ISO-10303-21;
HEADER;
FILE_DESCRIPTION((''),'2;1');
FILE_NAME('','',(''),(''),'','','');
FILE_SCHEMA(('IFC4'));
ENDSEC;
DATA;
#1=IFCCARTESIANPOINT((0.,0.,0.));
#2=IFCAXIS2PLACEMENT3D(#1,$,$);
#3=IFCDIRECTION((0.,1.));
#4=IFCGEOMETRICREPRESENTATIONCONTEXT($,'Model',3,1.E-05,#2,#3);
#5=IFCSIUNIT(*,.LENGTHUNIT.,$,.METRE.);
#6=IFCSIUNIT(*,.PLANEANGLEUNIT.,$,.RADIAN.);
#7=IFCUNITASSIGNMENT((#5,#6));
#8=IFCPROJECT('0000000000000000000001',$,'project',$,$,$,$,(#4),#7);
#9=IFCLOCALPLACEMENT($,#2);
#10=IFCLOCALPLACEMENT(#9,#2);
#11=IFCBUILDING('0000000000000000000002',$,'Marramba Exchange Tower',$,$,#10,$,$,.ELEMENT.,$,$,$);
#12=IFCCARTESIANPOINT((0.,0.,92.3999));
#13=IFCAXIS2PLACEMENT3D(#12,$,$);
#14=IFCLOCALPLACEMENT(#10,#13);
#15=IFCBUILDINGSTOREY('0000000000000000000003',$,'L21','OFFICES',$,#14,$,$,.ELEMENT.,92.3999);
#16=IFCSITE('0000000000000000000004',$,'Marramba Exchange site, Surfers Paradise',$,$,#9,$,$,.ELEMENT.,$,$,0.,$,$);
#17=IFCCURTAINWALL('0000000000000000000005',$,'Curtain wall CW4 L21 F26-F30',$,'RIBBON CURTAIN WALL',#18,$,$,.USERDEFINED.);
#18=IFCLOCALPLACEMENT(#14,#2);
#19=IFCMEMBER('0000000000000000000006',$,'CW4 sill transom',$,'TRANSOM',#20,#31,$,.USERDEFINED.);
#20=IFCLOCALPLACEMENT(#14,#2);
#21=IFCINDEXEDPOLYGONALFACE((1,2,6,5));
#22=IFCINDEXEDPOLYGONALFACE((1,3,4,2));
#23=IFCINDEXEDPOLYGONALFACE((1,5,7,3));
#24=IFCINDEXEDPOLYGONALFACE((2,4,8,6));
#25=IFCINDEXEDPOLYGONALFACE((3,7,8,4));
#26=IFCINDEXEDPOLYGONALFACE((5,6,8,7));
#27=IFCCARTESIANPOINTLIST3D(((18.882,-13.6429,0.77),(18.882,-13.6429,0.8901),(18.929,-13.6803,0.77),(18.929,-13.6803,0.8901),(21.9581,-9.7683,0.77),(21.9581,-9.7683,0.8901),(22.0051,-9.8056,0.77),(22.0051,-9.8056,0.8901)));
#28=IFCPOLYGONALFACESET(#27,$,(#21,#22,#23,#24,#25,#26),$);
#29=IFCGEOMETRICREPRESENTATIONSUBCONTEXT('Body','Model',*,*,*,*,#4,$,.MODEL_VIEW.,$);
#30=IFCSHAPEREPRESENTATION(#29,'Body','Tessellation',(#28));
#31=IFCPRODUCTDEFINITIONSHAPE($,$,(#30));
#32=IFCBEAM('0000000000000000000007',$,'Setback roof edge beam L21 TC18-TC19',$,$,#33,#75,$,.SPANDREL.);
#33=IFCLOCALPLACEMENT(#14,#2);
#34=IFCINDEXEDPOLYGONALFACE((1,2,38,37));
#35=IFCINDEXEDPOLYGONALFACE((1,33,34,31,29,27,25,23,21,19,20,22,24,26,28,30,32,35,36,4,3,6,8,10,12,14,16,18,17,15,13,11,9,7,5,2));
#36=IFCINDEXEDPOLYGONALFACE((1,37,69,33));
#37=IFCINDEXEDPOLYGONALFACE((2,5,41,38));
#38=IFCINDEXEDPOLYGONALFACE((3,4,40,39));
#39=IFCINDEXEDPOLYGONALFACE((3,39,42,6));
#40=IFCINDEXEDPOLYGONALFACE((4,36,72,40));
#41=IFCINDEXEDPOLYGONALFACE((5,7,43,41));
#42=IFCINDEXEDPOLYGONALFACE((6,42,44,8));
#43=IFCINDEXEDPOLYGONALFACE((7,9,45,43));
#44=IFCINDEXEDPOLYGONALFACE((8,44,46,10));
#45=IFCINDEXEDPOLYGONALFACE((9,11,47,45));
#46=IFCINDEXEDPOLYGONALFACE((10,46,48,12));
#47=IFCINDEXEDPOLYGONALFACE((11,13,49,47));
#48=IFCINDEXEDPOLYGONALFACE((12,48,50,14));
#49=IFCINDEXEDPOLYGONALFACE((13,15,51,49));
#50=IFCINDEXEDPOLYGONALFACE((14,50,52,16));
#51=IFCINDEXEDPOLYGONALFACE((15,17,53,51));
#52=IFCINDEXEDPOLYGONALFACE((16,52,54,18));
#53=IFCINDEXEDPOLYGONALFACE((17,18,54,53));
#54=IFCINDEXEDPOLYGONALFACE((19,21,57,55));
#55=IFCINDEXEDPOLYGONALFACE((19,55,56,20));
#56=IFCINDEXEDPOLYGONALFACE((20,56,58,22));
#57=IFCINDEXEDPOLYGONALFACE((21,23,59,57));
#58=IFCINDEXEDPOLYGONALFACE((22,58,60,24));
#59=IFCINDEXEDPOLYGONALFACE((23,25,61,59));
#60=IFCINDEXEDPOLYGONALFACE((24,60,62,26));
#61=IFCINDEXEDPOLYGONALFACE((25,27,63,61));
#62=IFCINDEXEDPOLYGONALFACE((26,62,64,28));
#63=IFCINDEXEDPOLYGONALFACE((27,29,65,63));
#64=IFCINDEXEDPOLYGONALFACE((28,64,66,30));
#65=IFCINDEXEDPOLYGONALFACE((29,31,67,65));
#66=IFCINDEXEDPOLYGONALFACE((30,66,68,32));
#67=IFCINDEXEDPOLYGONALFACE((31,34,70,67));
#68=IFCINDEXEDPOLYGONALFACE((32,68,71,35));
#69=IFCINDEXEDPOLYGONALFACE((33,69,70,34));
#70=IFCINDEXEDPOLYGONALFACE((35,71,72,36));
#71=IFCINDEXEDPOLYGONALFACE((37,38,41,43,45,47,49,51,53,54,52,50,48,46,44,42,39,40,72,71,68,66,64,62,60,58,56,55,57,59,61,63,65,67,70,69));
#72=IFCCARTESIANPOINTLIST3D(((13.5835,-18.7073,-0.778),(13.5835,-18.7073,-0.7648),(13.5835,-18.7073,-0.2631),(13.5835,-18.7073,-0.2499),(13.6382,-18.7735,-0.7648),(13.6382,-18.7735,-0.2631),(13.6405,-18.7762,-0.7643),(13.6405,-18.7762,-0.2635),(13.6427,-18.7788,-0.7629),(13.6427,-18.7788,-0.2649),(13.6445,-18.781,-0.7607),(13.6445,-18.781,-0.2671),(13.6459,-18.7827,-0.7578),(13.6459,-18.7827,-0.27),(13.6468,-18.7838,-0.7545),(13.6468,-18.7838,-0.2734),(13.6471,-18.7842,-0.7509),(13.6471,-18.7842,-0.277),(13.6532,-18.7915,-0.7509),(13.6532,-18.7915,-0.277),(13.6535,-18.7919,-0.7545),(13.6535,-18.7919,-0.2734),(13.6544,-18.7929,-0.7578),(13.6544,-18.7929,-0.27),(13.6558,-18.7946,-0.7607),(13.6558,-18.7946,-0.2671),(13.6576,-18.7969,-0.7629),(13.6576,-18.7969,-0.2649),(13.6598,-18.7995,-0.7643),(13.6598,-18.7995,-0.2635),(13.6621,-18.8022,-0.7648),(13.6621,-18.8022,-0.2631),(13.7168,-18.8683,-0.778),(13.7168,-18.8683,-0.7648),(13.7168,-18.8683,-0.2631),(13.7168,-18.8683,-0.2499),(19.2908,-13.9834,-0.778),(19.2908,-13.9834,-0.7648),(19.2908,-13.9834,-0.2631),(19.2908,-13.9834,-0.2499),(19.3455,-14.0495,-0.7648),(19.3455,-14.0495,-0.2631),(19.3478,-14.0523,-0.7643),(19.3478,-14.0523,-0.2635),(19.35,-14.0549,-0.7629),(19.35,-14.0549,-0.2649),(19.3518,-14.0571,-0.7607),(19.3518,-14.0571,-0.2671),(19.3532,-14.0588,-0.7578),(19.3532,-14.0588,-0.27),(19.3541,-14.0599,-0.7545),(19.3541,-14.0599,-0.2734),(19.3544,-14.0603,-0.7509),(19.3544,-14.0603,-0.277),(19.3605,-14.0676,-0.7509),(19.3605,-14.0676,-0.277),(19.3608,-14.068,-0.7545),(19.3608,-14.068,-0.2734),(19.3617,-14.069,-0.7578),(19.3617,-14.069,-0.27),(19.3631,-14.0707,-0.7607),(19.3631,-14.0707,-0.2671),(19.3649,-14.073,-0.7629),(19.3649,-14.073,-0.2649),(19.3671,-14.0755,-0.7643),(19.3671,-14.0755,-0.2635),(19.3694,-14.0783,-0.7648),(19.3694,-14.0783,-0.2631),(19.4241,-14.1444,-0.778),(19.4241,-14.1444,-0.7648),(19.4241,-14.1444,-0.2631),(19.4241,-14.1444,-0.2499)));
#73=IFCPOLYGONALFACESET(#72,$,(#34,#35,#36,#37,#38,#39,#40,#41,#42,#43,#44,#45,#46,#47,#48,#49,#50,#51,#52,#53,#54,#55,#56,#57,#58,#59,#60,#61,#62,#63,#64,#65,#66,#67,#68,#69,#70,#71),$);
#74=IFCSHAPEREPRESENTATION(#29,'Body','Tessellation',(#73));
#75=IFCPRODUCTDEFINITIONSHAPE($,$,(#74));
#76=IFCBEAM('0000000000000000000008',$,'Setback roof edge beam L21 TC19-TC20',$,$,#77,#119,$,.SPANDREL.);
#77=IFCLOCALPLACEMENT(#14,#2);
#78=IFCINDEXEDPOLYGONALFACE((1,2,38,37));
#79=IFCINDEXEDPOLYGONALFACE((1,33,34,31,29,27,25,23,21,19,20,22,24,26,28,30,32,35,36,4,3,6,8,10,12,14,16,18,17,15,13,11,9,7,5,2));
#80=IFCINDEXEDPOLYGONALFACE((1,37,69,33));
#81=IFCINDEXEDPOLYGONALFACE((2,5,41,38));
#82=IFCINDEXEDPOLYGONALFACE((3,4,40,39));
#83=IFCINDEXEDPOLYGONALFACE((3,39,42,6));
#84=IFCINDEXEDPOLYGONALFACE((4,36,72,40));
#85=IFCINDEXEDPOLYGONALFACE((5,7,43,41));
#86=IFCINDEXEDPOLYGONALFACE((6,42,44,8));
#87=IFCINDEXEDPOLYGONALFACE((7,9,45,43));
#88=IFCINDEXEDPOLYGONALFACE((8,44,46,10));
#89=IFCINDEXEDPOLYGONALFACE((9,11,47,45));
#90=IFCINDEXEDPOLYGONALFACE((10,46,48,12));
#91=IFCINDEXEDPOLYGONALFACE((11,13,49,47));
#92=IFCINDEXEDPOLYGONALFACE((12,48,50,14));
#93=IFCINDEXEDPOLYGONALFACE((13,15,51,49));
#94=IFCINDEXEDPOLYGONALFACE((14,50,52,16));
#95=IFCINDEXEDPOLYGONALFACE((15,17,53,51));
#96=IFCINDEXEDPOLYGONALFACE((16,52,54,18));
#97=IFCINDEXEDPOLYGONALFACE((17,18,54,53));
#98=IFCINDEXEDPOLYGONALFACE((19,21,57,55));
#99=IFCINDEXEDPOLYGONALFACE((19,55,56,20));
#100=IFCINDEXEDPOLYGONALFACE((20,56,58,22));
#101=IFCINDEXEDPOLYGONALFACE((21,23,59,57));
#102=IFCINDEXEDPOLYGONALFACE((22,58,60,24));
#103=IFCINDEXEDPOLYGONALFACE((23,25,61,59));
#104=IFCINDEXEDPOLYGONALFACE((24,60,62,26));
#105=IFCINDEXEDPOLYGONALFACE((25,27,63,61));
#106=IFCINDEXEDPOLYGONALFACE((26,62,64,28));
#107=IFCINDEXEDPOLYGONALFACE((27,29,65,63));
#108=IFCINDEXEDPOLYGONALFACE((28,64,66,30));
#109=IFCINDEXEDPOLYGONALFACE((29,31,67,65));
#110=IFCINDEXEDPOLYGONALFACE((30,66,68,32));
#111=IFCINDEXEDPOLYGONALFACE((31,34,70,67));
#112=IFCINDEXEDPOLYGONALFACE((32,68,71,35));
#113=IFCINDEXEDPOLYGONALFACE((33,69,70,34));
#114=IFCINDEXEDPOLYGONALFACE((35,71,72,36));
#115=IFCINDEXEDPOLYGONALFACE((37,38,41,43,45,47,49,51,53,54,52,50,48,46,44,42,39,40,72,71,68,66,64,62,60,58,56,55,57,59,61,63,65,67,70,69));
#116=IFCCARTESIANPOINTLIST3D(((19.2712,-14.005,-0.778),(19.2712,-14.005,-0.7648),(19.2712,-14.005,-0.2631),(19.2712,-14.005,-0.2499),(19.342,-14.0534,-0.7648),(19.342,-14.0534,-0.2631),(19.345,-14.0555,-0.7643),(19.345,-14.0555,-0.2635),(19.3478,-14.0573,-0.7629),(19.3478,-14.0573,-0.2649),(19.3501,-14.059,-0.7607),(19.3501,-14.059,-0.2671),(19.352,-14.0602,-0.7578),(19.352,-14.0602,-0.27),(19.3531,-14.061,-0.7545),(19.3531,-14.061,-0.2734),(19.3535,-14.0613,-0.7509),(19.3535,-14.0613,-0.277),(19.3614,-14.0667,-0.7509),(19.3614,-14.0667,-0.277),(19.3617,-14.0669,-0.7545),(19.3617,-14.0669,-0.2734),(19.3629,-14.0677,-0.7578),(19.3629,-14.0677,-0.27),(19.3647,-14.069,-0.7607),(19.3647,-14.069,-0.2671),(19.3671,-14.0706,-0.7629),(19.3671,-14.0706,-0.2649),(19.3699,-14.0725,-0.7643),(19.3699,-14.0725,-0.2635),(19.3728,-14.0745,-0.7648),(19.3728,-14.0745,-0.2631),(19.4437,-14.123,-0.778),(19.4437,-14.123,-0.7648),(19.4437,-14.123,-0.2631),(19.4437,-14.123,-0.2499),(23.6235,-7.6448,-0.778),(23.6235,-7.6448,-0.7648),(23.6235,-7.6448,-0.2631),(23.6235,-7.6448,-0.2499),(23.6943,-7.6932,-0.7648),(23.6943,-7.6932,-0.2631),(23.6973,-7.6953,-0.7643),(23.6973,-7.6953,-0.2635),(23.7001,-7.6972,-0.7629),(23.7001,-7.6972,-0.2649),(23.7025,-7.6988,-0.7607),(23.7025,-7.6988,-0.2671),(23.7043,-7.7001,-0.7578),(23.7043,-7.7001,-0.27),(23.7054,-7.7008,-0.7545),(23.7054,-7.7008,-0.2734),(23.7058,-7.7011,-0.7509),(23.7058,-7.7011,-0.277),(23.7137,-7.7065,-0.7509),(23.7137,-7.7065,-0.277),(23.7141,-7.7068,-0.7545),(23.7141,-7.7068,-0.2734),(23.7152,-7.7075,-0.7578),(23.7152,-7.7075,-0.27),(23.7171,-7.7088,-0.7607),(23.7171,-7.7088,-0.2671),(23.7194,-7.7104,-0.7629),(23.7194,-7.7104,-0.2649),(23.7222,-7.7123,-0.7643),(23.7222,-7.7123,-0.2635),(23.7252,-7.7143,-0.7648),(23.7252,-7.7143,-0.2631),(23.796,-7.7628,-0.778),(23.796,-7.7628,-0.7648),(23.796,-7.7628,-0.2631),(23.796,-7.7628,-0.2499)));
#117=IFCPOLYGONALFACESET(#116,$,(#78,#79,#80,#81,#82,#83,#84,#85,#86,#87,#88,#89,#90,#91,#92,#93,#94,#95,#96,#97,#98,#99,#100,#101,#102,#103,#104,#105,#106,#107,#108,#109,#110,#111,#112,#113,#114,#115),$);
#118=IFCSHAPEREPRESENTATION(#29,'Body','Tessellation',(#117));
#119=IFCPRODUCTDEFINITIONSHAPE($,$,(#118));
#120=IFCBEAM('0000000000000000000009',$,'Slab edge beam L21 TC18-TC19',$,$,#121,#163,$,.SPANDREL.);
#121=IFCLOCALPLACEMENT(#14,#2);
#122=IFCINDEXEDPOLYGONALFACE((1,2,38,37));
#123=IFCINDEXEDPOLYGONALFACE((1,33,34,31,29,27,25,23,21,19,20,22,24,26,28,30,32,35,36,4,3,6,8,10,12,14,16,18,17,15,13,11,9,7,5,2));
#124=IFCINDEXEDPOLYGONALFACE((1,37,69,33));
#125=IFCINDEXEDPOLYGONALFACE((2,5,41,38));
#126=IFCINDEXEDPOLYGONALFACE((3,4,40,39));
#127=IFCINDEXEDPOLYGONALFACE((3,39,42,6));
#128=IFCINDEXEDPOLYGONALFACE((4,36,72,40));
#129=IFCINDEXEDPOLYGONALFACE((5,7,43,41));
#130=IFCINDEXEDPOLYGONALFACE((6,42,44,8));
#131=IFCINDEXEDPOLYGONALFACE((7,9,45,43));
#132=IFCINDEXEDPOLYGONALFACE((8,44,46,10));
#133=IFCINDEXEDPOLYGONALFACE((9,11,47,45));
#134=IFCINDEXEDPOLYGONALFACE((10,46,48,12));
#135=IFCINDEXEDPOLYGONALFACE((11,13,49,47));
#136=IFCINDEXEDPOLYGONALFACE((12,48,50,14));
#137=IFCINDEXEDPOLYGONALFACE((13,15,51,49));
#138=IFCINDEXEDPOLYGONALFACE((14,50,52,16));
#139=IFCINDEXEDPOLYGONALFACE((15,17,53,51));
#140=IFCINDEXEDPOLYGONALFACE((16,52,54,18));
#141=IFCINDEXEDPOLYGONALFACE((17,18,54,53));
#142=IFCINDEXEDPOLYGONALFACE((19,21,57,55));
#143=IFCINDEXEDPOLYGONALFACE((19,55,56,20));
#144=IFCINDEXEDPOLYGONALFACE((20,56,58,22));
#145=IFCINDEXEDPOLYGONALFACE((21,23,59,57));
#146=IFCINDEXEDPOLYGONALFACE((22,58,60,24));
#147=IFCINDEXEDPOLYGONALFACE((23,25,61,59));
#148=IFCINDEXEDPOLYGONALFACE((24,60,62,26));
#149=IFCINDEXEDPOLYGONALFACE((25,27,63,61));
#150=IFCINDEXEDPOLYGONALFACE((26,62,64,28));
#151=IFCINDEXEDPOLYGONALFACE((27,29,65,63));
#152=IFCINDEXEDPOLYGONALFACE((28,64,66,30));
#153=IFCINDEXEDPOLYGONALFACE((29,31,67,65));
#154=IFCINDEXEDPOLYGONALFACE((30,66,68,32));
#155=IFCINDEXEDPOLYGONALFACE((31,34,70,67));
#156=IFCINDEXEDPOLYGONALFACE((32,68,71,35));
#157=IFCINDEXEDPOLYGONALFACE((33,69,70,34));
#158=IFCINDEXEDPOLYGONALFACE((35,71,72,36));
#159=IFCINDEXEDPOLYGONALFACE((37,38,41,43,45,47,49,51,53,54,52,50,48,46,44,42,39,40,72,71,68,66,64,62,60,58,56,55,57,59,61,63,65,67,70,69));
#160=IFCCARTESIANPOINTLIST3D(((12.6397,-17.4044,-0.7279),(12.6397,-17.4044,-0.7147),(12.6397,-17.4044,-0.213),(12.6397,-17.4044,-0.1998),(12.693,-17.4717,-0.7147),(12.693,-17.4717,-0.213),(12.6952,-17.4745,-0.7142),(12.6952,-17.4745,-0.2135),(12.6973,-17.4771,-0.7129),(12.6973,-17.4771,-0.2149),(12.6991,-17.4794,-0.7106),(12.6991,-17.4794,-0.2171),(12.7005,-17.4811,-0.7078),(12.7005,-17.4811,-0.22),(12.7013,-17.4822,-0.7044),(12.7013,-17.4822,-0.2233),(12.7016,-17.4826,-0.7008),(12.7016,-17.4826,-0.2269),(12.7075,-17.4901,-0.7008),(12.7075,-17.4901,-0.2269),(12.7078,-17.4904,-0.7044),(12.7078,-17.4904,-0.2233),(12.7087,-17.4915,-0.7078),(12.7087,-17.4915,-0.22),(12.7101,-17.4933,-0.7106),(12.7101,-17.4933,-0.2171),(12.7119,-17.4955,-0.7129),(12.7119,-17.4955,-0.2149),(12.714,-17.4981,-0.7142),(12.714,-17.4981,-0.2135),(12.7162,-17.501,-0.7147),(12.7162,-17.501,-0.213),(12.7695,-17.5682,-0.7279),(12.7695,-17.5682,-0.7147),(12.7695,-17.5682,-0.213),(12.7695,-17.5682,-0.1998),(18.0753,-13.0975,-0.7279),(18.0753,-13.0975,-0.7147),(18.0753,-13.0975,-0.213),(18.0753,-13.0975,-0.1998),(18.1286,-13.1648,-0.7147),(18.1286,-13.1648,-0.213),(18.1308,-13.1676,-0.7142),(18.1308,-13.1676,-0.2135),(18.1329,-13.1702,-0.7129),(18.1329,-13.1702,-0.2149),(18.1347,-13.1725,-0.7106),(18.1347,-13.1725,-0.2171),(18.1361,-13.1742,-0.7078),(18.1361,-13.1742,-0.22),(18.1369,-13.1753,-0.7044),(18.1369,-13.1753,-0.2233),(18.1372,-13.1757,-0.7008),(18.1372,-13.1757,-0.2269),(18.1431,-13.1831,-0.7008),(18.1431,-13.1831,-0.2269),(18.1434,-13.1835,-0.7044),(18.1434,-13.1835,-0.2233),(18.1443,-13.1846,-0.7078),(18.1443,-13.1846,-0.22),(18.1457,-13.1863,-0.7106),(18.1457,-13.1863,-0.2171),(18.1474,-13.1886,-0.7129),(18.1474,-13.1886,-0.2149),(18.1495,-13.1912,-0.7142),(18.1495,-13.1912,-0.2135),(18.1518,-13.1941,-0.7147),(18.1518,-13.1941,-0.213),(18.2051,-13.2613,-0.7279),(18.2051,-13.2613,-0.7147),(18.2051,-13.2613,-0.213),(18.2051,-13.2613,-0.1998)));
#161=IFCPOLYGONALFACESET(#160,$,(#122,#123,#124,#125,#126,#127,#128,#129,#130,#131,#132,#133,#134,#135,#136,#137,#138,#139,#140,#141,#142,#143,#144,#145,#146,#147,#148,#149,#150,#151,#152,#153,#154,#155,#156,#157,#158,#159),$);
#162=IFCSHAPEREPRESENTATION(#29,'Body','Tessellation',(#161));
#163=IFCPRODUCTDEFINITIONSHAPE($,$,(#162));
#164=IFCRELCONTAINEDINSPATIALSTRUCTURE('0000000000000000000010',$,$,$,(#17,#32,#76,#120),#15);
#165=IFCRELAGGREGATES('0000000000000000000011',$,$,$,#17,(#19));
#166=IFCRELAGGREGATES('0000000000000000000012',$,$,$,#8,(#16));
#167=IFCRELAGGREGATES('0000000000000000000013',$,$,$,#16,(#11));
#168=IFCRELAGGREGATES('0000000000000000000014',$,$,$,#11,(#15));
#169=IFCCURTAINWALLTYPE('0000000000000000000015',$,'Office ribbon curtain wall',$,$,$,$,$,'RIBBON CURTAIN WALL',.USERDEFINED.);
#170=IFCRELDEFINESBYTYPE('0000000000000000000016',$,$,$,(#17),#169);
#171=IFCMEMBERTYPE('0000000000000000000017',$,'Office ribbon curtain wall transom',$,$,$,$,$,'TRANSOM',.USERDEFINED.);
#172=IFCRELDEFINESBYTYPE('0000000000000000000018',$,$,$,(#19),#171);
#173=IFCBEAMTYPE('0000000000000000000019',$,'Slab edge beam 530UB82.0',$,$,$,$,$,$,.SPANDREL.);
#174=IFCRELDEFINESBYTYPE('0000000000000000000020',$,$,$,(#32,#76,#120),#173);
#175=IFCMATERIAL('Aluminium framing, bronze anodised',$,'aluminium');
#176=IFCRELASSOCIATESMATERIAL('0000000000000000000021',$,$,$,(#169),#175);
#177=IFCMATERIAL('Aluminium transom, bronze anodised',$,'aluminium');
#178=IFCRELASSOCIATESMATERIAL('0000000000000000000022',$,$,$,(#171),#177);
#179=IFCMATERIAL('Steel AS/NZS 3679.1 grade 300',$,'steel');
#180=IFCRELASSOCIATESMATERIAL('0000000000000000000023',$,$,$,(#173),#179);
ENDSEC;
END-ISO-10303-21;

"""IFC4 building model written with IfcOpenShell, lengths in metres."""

from ifc_helpers import new_model, si_unit, direction, frame, origin, origin_2d, place, context, subcontext, project, spatial, rectangle, i_section, extrude, material, material_profile, profile_set, type_object, element, aggregate, save


model = new_model("IFC4")

# Units and contexts
model_context = context("Model", 3, precision=1e-05, world=origin(), true_north=direction((0.0, 1.0)))
body_context = subcontext(model_context, "Body", "Model", "MODEL_VIEW")
ifc_project = project(units=[si_unit("LENGTHUNIT", "METRE"), si_unit("PLANEANGLEUNIT", "RADIAN")], contexts=[model_context])

# Site, building, storey
site_placement = place(None, origin())
site = spatial("IfcSite", under=ifc_project, at=site_placement, Name="Marramba Exchange site, Surfers Paradise", CompositionType="ELEMENT", RefElevation=0.0)
building_placement = place(site_placement, origin())
building = spatial("IfcBuilding", under=site, at=building_placement, Name="Marramba Exchange Tower", CompositionType="ELEMENT")
storey_placement = place(building_placement, frame((0.0, 0.0, 92.3999)))
storey = spatial("IfcBuildingStorey", under=building, at=storey_placement, Name="L21", Description="OFFICES", CompositionType="ELEMENT", Elevation=92.3999)

# Curtain wall, member
ifc_material_1 = material(Name="Aluminium framing, bronze anodised", Category="aluminium")
curtain_wall_type = type_object("IfcCurtainWallType", Name="Office ribbon curtain wall", ElementType="RIBBON CURTAIN WALL", PredefinedType="USERDEFINED", material=ifc_material_1)
curtain_wall_placement = place(storey_placement, origin())
curtain_wall = element("IfcCurtainWall", 1, at=curtain_wall_placement, inside=storey, type_object=curtain_wall_type, Name="Curtain wall CW4 L21 F26-F30", ObjectType="RIBBON CURTAIN WALL", PredefinedType="USERDEFINED")
ifc_material_2 = material(Name="Aluminium transom, bronze anodised", Category="aluminium")
ifc_material_profile_1 = material_profile(ifc_material_2, rectangle(XDim=0.0601, YDim=0.1201, at=origin_2d()), Name="CW4 transom 60x120")
ifc_profile_set_1 = profile_set([ifc_material_profile_1], Name="Aluminium transom, bronze anodised")
member_type_1 = type_object("IfcMemberType", Name="Office ribbon curtain wall transom", ElementType="TRANSOM", PredefinedType="USERDEFINED", material=ifc_profile_set_1)
member_1_placement = place(storey_placement, frame((18.9055, -13.6616, 0.8301), z_axis=(0.621778, 0.783194, 0.0), x_axis=(-0.783194, 0.621778, 0.0)))
member_1 = element("IfcMember", 2, at=member_1_placement, type_object=member_type_1, Name="CW4 sill transom", ObjectType="TRANSOM", PredefinedType="USERDEFINED", context=body_context, shape_type="SweptSolid", body=[
    extrude(rectangle(XDim=0.0601, YDim=0.1201, at=origin_2d()), origin(), (0.0, 0.0, 1.0), 4.9473),
])

# Beams
ifc_material_3 = material(Name="Steel AS/NZS 3679.1 grade 300", Category="steel")
ifc_material_profile_2 = material_profile(ifc_material_3, i_section(OverallWidth=0.209, OverallDepth=0.5281, WebThickness=0.0095, FlangeThickness=0.0132, FilletRadius=0.0139, at=origin_2d()), Name="530UB82.0")
ifc_profile_set_2 = profile_set([ifc_material_profile_2], Name="Steel AS/NZS 3679.1 grade 300")
beam_type_1 = type_object("IfcBeamType", Name="Slab edge beam 530UB82.0", PredefinedType="SPANDREL", material=ifc_profile_set_2)
beam_1_placement = place(storey_placement, frame((13.6501, -18.7878, -0.5139), z_axis=(0.770354, 0.637617, 0.0), x_axis=(-0.637617, 0.770354, 0.0)))
element("IfcBeam", 3, at=beam_1_placement, inside=storey, type_object=beam_type_1, Name="Setback roof edge beam L21 TC18-TC19", PredefinedType="SPANDREL", context=body_context, shape_type="SweptSolid", body=[
    extrude(i_section(OverallWidth=0.209, OverallDepth=0.5281, WebThickness=0.0095, FlangeThickness=0.0132, FilletRadius=0.0139, at=origin_2d()), origin(), (0.0, 0.0, 1.0), 7.4087),
])
beam_2_placement = place(storey_placement, frame((19.3574, -14.064, -0.5139), z_axis=(0.564741, 0.825268, 0.0), x_axis=(-0.825268, 0.564741, 0.0)))
element("IfcBeam", 4, at=beam_2_placement, inside=storey, type_object=beam_type_1, Name="Setback roof edge beam L21 TC19-TC20", PredefinedType="SPANDREL", context=body_context, shape_type="SweptSolid", body=[
    extrude(i_section(OverallWidth=0.209, OverallDepth=0.5281, WebThickness=0.0095, FlangeThickness=0.0132, FilletRadius=0.0139, at=origin_2d()), origin(), (0.0, 0.0, 1.0), 7.7068),
])
beam_3_placement = place(storey_placement, frame((12.7046, -17.4863, -0.4639), z_axis=(0.783783, 0.621035, 0.0), x_axis=(-0.621035, 0.783783, 0.0)))
element("IfcBeam", 5, at=beam_3_placement, inside=storey, type_object=beam_type_1, Name="Slab edge beam L21 TC18-TC19", PredefinedType="SPANDREL", context=body_context, shape_type="SweptSolid", body=[
    extrude(i_section(OverallWidth=0.209, OverallDepth=0.5281, WebThickness=0.0095, FlangeThickness=0.0132, FilletRadius=0.0139, at=origin_2d()), origin(), (0.0, 0.0, 1.0), 6.9351),
])

aggregate(curtain_wall, [member_1])

save(model, "model.ifc")
